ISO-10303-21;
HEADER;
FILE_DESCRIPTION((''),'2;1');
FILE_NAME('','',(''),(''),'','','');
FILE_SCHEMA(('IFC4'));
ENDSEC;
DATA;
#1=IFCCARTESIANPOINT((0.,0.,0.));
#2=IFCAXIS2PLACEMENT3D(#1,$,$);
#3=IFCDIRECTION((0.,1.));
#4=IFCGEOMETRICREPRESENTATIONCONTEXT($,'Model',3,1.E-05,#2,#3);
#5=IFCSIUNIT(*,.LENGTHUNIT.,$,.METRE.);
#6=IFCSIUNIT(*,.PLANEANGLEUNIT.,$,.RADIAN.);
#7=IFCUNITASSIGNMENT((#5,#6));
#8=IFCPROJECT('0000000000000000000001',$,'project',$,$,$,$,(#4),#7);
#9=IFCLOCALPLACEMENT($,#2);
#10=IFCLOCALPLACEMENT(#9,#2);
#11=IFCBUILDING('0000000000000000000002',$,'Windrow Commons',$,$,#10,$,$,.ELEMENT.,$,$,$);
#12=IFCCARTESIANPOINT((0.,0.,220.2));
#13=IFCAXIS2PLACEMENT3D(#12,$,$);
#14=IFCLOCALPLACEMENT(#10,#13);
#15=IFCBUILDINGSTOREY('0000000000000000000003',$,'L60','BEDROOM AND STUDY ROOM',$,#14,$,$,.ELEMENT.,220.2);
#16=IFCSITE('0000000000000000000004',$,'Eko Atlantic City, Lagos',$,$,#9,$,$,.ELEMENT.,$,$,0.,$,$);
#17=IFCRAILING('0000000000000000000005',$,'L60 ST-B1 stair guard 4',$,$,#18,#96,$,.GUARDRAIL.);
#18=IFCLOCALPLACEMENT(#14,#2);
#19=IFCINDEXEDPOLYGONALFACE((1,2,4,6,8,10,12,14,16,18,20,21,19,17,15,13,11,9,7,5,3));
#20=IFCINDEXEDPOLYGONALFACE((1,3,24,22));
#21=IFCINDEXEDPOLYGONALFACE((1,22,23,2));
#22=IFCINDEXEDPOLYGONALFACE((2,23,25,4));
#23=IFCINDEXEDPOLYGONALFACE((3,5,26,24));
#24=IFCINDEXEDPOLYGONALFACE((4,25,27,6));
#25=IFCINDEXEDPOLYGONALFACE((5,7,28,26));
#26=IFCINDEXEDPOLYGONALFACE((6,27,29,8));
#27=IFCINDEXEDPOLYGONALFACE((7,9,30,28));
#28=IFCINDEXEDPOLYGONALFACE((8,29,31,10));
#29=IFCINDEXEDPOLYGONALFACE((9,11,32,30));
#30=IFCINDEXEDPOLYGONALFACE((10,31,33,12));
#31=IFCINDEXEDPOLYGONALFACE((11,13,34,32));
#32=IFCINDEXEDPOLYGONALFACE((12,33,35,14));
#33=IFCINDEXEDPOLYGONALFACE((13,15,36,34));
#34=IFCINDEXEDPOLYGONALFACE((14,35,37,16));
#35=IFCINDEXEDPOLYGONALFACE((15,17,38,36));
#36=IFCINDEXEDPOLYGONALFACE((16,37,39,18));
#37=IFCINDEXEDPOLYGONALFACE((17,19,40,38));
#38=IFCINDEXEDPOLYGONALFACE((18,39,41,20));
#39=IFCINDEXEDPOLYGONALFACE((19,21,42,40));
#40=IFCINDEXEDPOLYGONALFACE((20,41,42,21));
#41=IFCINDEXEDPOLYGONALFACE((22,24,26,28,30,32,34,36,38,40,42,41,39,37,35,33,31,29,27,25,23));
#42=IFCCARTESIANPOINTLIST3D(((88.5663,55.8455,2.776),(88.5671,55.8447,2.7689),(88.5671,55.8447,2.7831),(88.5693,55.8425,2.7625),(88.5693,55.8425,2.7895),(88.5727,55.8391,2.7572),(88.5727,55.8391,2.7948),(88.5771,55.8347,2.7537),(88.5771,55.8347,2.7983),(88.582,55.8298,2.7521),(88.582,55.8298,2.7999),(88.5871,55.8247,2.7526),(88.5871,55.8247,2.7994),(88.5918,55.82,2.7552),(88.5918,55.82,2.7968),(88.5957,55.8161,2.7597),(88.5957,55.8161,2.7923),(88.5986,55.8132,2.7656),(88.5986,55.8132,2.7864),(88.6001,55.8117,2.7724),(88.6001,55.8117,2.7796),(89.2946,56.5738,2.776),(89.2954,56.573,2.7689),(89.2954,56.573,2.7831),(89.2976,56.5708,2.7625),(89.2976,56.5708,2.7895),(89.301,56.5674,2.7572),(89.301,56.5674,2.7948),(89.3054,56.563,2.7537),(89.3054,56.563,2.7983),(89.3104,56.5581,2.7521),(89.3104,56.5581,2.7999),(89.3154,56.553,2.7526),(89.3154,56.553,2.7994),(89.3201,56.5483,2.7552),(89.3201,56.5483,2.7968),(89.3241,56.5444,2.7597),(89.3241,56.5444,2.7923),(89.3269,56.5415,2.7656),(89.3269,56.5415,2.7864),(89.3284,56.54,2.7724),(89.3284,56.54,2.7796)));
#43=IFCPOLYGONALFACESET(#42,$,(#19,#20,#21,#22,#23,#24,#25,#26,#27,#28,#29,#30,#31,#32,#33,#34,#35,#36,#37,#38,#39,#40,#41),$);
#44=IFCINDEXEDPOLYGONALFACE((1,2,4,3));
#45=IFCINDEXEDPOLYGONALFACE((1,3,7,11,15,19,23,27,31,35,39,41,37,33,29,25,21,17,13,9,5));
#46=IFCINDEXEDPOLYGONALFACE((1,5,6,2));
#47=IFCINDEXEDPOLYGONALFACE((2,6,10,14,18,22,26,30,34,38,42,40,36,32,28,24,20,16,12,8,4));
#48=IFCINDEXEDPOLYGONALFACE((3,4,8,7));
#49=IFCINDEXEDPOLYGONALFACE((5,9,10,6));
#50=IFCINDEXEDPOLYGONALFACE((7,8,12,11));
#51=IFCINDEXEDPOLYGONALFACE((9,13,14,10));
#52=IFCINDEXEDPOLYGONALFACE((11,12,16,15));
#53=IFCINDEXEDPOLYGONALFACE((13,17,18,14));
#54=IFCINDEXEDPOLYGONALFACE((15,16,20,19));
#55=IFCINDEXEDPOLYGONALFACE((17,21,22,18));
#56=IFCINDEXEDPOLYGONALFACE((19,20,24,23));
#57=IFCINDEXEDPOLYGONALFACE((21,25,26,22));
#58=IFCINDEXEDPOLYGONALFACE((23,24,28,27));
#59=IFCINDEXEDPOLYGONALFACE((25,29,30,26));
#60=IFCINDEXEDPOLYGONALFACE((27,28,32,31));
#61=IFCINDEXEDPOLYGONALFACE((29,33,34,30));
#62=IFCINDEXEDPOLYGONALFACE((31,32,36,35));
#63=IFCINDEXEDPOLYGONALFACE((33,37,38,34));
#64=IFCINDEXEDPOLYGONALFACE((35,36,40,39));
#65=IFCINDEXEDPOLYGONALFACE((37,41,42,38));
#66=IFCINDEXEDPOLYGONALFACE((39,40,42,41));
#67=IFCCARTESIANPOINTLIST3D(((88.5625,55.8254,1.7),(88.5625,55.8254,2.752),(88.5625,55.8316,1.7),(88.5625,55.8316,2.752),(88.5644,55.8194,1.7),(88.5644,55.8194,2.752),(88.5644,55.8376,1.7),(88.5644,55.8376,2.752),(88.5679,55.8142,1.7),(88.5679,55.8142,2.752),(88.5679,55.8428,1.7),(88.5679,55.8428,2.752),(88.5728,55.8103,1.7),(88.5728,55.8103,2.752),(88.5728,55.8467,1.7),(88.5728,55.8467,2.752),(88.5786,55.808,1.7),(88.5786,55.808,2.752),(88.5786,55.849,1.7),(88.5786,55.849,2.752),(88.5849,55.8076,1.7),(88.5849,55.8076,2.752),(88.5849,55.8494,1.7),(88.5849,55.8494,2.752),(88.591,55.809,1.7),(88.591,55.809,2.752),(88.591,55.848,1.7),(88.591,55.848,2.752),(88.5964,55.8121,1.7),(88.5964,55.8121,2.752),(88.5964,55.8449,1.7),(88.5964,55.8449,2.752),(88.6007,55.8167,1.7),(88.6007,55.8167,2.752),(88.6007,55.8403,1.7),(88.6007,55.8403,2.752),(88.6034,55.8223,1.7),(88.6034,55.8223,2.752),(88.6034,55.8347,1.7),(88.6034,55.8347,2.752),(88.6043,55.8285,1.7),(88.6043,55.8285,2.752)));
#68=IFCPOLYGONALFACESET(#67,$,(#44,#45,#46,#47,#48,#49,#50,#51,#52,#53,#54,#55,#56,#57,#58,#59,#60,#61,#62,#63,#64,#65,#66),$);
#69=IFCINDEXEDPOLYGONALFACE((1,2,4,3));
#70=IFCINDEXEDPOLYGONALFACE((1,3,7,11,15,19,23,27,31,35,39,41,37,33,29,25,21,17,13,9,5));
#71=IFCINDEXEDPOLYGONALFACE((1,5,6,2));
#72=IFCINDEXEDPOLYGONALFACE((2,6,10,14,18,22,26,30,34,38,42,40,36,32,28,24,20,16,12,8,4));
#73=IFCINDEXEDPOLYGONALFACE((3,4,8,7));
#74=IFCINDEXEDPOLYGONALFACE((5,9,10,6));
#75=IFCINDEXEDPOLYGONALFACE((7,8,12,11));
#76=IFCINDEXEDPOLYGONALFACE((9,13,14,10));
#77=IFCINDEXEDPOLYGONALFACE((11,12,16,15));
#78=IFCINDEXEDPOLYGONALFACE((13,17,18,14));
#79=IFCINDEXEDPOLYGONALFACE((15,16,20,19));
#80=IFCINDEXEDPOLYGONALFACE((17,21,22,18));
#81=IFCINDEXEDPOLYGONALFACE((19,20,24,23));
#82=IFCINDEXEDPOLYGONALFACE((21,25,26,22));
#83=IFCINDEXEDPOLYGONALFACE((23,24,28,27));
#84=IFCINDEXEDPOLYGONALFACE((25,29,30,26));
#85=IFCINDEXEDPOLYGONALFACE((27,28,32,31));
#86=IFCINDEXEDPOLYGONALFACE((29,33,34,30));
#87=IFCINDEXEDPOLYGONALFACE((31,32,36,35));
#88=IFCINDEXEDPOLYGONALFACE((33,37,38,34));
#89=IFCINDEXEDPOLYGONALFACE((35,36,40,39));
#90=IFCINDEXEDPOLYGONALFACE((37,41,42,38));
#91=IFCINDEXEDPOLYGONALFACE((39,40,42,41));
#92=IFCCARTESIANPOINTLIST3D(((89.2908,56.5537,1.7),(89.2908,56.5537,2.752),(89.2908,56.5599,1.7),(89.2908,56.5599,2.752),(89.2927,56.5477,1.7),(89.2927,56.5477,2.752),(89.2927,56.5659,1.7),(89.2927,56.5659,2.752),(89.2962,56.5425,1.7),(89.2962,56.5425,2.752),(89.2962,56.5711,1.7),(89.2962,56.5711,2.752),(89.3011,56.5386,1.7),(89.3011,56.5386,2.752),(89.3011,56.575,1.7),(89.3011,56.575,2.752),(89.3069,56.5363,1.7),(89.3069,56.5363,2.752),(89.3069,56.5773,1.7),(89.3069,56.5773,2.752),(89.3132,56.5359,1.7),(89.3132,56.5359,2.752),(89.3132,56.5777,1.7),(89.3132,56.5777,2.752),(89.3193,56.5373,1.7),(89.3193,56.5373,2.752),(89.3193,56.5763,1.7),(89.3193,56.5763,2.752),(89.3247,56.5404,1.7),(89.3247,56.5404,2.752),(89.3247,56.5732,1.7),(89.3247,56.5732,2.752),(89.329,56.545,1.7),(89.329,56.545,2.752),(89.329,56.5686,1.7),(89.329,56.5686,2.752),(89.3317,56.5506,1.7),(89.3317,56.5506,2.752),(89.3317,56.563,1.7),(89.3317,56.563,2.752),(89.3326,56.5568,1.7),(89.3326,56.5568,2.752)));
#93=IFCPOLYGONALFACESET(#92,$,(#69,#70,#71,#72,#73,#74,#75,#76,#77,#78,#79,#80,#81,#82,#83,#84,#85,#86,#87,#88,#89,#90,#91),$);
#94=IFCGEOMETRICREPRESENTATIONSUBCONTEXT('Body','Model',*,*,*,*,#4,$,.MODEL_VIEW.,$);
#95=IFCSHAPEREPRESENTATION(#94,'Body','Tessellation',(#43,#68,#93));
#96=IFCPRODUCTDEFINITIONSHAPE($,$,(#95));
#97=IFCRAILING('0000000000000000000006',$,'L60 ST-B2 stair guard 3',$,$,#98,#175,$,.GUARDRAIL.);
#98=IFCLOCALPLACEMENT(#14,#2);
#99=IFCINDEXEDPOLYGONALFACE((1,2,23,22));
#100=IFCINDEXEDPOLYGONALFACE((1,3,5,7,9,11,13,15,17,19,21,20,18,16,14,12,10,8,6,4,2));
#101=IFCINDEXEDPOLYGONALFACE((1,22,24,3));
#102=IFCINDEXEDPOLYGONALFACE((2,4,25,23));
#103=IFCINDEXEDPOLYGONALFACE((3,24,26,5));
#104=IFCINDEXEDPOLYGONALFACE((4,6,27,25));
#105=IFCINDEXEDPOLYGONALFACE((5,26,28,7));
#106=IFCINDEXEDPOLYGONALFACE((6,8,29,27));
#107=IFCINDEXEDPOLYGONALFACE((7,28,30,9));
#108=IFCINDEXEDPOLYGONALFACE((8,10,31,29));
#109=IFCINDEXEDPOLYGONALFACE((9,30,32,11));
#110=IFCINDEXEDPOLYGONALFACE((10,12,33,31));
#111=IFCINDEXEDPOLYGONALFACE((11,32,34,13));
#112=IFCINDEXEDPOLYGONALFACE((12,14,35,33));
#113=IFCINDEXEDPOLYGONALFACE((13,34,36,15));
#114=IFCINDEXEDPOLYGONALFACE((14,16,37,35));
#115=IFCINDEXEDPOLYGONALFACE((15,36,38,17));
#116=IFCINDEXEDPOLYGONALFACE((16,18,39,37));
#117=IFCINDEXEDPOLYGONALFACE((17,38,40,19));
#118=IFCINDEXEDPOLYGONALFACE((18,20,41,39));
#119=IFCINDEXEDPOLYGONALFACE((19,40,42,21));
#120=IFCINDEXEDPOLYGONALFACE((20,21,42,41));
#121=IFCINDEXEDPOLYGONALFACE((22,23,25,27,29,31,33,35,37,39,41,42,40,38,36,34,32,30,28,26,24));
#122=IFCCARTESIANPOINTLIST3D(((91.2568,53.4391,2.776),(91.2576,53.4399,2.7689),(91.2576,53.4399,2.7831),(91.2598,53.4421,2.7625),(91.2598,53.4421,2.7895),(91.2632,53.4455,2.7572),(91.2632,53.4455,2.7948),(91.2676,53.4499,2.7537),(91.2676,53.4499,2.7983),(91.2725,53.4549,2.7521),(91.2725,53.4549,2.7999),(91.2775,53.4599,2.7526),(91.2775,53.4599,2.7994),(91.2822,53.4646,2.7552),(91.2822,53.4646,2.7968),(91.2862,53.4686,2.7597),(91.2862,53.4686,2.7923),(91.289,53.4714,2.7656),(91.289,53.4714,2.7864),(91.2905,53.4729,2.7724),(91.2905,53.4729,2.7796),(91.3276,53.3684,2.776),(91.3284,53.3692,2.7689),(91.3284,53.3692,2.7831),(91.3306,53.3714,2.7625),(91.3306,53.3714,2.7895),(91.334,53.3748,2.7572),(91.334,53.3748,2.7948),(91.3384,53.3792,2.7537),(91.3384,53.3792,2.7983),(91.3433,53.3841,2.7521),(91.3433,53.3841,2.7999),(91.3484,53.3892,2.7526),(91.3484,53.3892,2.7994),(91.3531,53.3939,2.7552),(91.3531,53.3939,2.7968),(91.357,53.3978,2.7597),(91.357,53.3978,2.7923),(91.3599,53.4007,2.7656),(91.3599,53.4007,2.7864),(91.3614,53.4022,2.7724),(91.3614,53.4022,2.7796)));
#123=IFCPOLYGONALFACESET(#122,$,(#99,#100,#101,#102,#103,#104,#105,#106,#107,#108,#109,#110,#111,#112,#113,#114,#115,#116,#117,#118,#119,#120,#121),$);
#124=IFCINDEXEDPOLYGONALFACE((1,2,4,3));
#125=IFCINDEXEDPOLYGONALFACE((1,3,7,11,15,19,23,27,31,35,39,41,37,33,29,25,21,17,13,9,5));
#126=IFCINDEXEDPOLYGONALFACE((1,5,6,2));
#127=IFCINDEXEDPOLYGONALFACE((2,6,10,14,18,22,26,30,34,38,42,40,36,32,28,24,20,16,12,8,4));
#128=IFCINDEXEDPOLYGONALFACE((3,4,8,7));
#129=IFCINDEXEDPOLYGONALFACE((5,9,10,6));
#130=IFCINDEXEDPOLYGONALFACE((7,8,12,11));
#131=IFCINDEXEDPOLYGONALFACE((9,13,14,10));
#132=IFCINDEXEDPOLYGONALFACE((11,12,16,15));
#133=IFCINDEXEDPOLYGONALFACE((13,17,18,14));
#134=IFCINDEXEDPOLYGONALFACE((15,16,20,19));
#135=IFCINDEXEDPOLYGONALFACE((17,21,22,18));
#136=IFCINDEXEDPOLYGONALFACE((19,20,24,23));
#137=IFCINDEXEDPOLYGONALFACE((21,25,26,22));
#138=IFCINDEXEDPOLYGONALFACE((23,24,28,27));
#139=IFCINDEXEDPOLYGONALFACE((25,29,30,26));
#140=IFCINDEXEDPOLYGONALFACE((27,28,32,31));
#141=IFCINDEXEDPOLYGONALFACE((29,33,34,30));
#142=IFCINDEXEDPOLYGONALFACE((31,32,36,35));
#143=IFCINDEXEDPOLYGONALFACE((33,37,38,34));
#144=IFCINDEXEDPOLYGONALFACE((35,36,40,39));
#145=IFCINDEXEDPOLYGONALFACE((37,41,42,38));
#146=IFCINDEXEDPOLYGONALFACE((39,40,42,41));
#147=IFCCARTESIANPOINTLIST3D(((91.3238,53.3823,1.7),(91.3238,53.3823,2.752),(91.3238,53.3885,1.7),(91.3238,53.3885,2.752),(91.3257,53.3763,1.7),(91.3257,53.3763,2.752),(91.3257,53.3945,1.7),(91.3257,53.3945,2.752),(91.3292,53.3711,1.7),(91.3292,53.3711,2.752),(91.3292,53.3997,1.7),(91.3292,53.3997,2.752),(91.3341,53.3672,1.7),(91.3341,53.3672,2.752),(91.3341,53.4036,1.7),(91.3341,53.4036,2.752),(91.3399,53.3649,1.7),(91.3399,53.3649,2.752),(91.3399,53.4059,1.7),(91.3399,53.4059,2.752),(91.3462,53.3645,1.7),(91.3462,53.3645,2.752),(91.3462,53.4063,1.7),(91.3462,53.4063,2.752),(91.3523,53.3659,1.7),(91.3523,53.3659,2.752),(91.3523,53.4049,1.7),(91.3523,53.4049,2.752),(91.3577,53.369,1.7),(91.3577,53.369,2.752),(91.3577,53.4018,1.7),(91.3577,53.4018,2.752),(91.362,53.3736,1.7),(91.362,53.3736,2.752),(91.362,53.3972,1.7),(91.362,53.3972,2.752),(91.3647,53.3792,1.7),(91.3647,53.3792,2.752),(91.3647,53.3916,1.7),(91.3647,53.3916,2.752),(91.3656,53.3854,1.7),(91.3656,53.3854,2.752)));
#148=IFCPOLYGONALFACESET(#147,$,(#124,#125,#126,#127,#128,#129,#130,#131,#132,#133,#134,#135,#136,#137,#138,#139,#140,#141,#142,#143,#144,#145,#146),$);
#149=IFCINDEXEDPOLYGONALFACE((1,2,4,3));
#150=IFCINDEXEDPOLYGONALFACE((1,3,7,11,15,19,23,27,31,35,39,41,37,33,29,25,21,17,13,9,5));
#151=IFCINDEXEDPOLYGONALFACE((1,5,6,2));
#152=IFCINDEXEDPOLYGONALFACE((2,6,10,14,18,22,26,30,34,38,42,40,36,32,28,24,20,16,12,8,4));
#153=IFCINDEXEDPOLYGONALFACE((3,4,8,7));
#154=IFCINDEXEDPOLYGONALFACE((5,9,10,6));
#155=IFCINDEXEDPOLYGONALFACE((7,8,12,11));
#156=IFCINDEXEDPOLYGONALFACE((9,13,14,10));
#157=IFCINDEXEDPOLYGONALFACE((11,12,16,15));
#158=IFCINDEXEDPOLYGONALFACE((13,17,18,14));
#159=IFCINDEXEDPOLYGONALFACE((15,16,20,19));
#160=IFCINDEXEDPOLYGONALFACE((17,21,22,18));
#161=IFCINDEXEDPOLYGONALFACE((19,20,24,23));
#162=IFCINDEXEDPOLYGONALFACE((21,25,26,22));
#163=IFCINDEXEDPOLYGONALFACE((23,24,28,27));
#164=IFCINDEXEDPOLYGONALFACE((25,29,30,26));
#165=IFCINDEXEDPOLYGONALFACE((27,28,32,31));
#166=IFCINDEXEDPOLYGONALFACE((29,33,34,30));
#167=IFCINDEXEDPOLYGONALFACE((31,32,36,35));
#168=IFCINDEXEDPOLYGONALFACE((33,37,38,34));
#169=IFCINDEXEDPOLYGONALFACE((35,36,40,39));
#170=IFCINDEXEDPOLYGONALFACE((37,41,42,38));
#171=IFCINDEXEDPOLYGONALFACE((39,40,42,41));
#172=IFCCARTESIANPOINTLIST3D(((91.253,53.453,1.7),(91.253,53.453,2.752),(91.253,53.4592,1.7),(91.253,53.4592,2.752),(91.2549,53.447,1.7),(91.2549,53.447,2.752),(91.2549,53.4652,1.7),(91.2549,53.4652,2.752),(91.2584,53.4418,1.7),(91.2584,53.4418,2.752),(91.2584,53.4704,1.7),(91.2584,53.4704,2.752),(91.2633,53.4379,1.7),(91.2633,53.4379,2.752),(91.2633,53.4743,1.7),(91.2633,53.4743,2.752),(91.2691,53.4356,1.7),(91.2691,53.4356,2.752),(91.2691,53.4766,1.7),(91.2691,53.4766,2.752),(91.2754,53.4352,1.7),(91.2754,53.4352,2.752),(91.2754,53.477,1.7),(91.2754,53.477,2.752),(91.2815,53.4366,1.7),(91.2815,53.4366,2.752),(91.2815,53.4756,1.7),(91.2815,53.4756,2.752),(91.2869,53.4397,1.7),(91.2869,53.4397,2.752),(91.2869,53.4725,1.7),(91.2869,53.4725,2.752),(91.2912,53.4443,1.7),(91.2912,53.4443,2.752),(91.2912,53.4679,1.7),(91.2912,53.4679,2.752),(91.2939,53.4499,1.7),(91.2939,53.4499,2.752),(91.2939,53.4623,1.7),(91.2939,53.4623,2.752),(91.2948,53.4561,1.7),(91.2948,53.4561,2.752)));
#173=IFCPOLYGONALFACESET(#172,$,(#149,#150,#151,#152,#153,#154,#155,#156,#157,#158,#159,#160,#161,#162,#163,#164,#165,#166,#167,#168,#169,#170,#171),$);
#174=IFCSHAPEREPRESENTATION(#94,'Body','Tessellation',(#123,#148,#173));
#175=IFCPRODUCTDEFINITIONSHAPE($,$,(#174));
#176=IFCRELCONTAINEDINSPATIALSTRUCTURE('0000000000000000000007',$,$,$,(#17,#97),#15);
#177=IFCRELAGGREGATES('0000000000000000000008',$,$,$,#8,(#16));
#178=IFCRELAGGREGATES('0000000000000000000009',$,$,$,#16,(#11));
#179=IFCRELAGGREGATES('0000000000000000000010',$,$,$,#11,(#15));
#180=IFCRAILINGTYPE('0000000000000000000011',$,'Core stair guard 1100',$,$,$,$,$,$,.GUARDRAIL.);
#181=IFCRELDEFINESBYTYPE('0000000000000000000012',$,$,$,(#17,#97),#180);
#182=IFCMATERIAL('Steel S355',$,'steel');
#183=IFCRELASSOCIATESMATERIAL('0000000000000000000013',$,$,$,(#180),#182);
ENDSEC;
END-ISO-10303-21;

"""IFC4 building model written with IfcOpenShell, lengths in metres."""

from ifc_helpers import new_model, si_unit, direction, frame, origin, origin_2d, place, context, subcontext, project, spatial, circle, extrude, material, type_object, element, save


model = new_model("IFC4")

# Units and contexts
model_context = context("Model", 3, precision=1e-05, world=origin(), true_north=direction((0.0, 1.0)))
body_context = subcontext(model_context, "Body", "Model", "MODEL_VIEW")
ifc_project = project(units=[si_unit("LENGTHUNIT", "METRE"), si_unit("PLANEANGLEUNIT", "RADIAN")], contexts=[model_context])

# Site, building, storey
site_placement = place(None, origin())
site = spatial("IfcSite", under=ifc_project, at=site_placement, Name="Eko Atlantic City, Lagos", CompositionType="ELEMENT", RefElevation=0.0)
building_placement = place(site_placement, origin())
building = spatial("IfcBuilding", under=site, at=building_placement, Name="Windrow Commons", CompositionType="ELEMENT")
storey_placement = place(building_placement, frame((0.0, 0.0, 220.2)))
storey = spatial("IfcBuildingStorey", under=building, at=storey_placement, Name="L60", Description="BEDROOM AND STUDY ROOM", CompositionType="ELEMENT", Elevation=220.2)

# Railings
ifc_material_1 = material(Name="Steel S355", Category="steel")
railing_type_1 = type_object("IfcRailingType", Name="Core stair guard 1100", PredefinedType="GUARDRAIL", material=ifc_material_1)
railing_1_placement = place(storey_placement, frame((88.5833, 55.8285, 1.7)))
element("IfcRailing", 1, at=railing_1_placement, inside=storey, type_object=railing_type_1, Name="L60 ST-B1 stair guard 4", PredefinedType="GUARDRAIL", context=body_context, shape_type="SweptSolid", body=[
    extrude(circle(Radius=0.024, at=origin_2d()), frame((0.0, 0.0, 1.076), z_axis=(0.707107, 0.707107, 0.0), x_axis=(-0.707107, 0.707107, 0.0)), (0.0, 0.0, 1.0), 1.03),
    extrude(circle(Radius=0.021, at=origin_2d()), origin(), (0.0, 0.0, 1.0), 1.052),
    extrude(circle(Radius=0.021, at=origin_2d()), frame((0.7283, 0.7283, 0.0)), (0.0, 0.0, 1.0), 1.052),
])
railing_2_placement = place(storey_placement, frame((91.3446, 53.3854, 1.7)))
element("IfcRailing", 2, at=railing_2_placement, inside=storey, type_object=railing_type_1, Name="L60 ST-B2 stair guard 3", PredefinedType="GUARDRAIL", context=body_context, shape_type="SweptSolid", body=[
    extrude(circle(Radius=0.024, at=origin_2d()), frame((0.0, 0.0, 1.076), z_axis=(-0.707606, 0.706607, 0.0), x_axis=(-0.706607, -0.707606, 0.0)), (0.0, 0.0, 1.0), 0.1001),
    extrude(circle(Radius=0.021, at=origin_2d()), origin(), (0.0, 0.0, 1.0), 1.052),
    extrude(circle(Radius=0.021, at=origin_2d()), frame((-0.0708, 0.0707, 0.0)), (0.0, 0.0, 1.0), 1.052),
])

save(model, "model.ifc")
